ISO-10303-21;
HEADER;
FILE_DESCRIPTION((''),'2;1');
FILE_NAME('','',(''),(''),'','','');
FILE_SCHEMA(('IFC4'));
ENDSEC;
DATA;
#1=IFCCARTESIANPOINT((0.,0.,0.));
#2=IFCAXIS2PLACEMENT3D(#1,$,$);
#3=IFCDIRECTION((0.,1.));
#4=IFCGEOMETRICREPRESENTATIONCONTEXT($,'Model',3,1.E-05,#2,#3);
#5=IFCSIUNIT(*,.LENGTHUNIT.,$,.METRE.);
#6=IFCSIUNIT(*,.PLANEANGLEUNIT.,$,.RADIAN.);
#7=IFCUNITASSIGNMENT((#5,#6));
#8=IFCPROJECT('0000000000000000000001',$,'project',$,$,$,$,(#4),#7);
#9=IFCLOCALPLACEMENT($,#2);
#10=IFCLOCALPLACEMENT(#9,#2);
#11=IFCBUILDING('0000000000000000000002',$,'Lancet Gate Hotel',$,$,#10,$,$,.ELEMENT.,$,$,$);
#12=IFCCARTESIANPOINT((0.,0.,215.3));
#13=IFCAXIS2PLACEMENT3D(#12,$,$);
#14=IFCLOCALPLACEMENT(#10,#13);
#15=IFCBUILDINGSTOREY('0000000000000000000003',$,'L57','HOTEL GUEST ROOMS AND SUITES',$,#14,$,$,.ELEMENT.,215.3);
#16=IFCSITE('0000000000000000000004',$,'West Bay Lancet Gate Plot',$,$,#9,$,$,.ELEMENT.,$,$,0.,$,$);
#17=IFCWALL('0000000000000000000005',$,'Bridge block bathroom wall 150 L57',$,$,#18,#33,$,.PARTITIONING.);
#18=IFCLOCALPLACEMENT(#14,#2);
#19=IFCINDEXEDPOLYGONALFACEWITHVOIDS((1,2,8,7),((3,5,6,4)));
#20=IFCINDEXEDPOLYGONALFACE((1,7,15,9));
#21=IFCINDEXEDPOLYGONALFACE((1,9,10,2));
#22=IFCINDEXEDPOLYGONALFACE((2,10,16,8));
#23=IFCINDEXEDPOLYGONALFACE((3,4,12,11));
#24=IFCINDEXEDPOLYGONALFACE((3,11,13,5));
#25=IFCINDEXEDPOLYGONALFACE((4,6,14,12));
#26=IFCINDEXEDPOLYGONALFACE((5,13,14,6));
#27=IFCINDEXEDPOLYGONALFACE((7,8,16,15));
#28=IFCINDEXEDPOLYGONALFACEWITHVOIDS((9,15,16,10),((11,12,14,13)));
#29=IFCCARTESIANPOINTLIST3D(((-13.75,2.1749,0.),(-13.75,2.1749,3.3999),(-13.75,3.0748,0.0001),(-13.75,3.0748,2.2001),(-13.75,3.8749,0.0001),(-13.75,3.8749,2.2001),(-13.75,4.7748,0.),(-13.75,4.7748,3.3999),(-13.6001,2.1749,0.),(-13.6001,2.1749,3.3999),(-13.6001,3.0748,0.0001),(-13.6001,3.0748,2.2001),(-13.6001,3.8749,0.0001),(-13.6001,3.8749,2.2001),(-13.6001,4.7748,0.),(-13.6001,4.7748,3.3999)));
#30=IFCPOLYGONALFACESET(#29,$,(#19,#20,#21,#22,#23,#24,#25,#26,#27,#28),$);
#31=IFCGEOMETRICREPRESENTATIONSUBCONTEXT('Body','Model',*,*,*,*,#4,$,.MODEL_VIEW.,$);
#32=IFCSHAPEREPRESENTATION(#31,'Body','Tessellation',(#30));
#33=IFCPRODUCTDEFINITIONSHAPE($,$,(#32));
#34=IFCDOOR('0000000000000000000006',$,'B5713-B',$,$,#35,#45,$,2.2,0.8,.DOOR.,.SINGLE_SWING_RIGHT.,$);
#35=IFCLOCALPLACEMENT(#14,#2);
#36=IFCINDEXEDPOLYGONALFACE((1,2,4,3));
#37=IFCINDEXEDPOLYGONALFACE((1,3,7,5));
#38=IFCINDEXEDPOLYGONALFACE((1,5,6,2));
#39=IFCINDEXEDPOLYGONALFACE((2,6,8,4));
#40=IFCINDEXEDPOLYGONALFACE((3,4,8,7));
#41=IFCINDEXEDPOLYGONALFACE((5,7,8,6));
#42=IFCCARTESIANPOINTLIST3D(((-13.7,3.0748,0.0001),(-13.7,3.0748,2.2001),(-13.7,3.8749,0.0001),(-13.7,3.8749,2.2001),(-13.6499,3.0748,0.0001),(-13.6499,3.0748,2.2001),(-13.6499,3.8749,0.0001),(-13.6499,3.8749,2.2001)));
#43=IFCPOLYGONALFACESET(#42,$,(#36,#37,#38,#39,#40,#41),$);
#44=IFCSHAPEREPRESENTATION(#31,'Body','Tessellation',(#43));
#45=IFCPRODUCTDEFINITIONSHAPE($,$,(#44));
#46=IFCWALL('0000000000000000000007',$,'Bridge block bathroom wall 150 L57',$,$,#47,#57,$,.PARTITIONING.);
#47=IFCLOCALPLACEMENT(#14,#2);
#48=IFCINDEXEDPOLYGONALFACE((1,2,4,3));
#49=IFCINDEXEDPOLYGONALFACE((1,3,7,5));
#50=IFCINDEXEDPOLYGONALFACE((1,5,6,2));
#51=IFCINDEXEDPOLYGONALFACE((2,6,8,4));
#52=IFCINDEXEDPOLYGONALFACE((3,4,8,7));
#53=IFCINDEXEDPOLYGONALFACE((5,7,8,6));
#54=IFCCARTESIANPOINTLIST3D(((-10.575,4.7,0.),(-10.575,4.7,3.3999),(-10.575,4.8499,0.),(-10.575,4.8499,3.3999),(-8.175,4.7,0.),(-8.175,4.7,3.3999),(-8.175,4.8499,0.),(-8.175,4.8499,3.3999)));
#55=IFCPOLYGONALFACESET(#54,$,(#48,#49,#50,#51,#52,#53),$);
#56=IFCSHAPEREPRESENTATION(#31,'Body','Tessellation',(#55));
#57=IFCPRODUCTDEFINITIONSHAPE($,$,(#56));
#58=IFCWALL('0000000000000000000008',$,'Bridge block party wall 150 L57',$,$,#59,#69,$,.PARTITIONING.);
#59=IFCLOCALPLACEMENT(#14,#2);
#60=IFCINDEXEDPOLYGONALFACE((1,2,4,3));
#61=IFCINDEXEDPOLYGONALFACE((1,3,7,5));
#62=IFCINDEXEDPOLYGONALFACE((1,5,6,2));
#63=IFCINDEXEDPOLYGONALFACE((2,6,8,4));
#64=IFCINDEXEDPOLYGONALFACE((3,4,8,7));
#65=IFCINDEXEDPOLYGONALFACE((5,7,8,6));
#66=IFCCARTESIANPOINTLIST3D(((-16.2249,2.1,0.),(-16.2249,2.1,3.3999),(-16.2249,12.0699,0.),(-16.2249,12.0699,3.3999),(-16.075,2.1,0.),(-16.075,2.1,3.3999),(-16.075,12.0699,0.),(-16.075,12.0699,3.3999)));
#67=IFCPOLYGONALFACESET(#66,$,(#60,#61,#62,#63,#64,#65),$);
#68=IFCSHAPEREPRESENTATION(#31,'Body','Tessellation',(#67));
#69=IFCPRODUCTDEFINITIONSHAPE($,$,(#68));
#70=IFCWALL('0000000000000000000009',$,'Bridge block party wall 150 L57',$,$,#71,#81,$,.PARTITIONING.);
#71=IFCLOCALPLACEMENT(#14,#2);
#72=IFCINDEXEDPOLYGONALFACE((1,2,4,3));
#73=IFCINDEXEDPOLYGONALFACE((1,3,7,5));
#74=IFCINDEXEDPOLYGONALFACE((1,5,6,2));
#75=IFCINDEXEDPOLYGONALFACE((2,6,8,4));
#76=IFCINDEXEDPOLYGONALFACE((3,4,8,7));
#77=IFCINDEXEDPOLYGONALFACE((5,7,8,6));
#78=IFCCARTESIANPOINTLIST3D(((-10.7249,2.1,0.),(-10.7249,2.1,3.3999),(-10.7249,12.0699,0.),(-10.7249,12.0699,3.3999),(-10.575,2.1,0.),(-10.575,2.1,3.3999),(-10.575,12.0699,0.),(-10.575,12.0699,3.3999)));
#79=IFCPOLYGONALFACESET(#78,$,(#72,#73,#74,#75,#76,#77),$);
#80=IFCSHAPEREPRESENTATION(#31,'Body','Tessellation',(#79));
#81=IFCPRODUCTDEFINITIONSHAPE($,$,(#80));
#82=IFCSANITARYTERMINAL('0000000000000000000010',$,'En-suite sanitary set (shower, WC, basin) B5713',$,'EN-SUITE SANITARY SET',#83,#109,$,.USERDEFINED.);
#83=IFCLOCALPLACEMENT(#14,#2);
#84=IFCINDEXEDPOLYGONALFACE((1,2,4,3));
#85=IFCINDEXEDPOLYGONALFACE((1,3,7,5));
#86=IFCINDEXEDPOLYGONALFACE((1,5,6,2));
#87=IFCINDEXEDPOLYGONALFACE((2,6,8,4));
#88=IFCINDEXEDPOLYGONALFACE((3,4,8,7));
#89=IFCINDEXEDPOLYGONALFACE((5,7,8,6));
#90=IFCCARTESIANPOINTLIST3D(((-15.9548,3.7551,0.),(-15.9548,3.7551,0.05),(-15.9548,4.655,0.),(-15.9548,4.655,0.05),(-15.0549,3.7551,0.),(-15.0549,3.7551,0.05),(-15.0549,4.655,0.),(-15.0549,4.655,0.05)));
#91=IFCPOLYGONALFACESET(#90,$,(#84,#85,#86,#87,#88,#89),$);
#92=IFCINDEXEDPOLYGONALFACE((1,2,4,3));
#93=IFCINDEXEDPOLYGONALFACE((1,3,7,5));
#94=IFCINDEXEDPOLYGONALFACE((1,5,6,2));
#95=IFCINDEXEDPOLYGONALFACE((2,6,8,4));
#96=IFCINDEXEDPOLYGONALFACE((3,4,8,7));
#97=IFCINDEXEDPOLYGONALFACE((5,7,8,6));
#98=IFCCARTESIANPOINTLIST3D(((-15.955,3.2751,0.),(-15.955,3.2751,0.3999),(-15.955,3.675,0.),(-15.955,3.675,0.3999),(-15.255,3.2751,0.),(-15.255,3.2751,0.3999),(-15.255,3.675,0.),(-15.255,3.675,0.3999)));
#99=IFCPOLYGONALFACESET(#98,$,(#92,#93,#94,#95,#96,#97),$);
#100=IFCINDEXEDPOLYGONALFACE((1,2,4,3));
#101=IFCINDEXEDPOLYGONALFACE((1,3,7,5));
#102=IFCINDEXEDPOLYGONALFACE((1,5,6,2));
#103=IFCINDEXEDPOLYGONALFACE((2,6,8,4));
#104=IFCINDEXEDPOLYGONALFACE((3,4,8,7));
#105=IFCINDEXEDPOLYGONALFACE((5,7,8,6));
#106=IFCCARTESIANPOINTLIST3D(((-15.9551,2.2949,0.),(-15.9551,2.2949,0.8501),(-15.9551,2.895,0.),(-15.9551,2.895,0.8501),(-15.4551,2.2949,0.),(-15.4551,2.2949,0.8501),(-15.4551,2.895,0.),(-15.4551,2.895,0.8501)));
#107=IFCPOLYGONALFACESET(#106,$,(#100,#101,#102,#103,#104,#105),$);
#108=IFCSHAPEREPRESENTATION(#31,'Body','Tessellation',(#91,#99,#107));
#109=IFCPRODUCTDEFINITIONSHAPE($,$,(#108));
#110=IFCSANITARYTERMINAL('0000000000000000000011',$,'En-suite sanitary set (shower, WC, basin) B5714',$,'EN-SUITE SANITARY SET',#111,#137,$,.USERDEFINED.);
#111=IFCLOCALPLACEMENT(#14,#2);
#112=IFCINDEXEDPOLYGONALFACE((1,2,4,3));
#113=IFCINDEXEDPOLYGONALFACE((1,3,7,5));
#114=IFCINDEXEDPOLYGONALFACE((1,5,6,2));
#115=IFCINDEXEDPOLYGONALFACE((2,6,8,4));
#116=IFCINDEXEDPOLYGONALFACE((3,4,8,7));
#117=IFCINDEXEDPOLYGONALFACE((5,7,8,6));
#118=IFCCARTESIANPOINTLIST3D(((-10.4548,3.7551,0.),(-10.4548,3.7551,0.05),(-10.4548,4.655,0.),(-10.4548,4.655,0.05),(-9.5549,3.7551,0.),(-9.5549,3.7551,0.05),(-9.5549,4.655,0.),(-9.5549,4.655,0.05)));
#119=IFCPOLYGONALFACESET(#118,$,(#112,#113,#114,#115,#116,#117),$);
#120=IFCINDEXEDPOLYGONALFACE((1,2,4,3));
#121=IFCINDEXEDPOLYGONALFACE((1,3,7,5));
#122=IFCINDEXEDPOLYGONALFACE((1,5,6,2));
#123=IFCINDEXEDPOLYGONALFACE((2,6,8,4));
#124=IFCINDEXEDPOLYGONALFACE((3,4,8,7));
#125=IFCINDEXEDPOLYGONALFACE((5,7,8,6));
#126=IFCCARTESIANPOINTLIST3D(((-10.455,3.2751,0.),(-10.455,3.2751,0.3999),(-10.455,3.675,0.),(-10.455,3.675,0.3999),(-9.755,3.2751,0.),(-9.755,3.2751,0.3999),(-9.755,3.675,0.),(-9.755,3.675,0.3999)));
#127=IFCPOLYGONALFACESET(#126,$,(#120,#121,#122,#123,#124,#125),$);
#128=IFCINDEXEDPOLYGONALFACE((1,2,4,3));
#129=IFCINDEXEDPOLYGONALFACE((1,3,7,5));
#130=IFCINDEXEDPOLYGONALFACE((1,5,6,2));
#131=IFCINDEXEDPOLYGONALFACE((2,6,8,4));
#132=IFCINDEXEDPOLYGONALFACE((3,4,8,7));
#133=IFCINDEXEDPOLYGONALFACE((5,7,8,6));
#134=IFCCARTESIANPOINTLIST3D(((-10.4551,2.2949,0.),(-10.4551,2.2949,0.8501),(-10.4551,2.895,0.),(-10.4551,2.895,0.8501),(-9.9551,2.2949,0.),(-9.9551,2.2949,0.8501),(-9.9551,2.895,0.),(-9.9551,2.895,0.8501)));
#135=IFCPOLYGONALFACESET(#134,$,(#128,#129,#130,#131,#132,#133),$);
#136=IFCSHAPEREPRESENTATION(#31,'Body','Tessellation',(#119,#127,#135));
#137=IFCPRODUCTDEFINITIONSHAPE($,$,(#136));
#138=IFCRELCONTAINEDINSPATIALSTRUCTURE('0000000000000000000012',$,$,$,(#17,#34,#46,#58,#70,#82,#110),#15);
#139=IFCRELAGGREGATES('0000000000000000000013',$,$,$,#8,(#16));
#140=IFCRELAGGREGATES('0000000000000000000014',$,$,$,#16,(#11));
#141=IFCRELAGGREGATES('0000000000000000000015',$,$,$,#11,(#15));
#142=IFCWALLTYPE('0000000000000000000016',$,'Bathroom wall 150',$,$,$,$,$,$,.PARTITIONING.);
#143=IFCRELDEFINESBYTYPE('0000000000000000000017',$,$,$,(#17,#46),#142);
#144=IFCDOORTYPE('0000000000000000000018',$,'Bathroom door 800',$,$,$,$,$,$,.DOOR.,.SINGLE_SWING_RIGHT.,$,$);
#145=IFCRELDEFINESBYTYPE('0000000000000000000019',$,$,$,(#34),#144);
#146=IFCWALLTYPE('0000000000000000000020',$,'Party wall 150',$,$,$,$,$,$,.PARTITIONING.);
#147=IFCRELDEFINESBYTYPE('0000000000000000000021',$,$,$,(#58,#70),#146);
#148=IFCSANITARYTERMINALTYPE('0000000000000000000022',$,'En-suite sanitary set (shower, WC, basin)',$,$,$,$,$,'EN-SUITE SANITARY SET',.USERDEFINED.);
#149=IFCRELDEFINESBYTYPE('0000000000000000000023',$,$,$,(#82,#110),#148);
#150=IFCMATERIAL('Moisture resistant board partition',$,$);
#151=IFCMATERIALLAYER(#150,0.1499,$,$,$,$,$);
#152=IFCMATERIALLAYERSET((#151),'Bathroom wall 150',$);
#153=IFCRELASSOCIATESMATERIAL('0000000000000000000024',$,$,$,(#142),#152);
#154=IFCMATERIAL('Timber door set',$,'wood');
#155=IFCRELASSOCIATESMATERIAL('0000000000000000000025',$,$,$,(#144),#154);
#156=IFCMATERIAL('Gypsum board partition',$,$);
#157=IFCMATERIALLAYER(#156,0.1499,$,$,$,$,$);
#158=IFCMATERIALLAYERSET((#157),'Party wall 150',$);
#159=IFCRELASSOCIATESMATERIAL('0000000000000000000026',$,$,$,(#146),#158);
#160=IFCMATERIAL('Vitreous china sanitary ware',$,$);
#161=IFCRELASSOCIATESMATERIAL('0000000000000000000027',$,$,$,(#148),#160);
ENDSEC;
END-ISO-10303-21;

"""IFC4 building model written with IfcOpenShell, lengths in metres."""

from ifc_helpers import new_model, si_unit, direction, frame, frame_2d, origin, origin_2d, place, context, subcontext, project, spatial, rectangle, extrude, material, layer, layer_set, type_object, element, fill, save


model = new_model("IFC4")

# Units and contexts
model_context = context("Model", 3, precision=1e-05, world=origin(), true_north=direction((0.0, 1.0)))
body_context = subcontext(model_context, "Body", "Model", "MODEL_VIEW")
ifc_project = project(units=[si_unit("LENGTHUNIT", "METRE"), si_unit("PLANEANGLEUNIT", "RADIAN")], contexts=[model_context])

# Site, building, storey
site_placement = place(None, origin())
site = spatial("IfcSite", under=ifc_project, at=site_placement, Name="West Bay Lancet Gate Plot", CompositionType="ELEMENT", RefElevation=0.0)
building_placement = place(site_placement, origin())
building = spatial("IfcBuilding", under=site, at=building_placement, Name="Lancet Gate Hotel", CompositionType="ELEMENT")
storey_placement = place(building_placement, frame((0.0, 0.0, 215.3)))
storey = spatial("IfcBuildingStorey", under=building, at=storey_placement, Name="L57", Description="HOTEL GUEST ROOMS AND SUITES", CompositionType="ELEMENT", Elevation=215.3)

# Shared definitions
ifc_material_1 = material(Name="Moisture resistant board partition")
ifc_layer_1 = layer(ifc_material_1, 0.1499)
ifc_layer_set_1 = layer_set([ifc_layer_1], Name="Bathroom wall 150")
wall_type_1 = type_object("IfcWallType", Name="Bathroom wall 150", PredefinedType="PARTITIONING", material=ifc_layer_set_1)

# Wall, opening, door
wall_1_placement = place(storey_placement, frame((-13.675, 2.175, 0.0), z_axis=(0.0, 0.0, 1.0), x_axis=(0.0, 1.0, 0.0)))
wall_1 = element("IfcWall", 1, at=wall_1_placement, inside=storey, type_object=wall_type_1, Name="Bridge block bathroom wall 150 L57", PredefinedType="PARTITIONING", context=body_context, shape_type="SweptSolid", body=[
    extrude(rectangle(XDim=2.5999, YDim=0.1499, at=frame_2d((1.2998, 0.0))), origin(), (0.0, 0.0, 1.0), 3.3999),
])
opening_placement = place(wall_1_placement, frame((0.8999, 0.0, 0.0)))
opening = element("IfcOpeningElement", 2, at=opening_placement, cuts=wall_1, PredefinedType="OPENING", context=body_context, shape_type="SweptSolid", body=[
    extrude(rectangle(XDim=0.8, YDim=2.2, at=frame_2d((0.3999, 1.1001))), frame((0.0, 0.085, 0.0), z_axis=(0.0, -1.0, 0.0), x_axis=(1.0, 0.0, 0.0)), (0.0, 0.0, 1.0), 0.1699),
])
ifc_material_2 = material(Name="Timber door set", Category="wood")
door_type = type_object("IfcDoorType", Name="Bathroom door 800", OperationType="SINGLE_SWING_RIGHT", PredefinedType="DOOR", material=ifc_material_2)
door_placement = place(opening_placement, origin())
door = element("IfcDoor", 3, at=door_placement, inside=storey, type_object=door_type, Name="B5713-B", OperationType="SINGLE_SWING_RIGHT", OverallHeight=2.2, OverallWidth=0.8, PredefinedType="DOOR", context=body_context, shape_type="SweptSolid", body=[
    extrude(rectangle(XDim=0.8, YDim=2.2, at=frame_2d((0.3999, 1.1001))), frame((0.0, 0.0249, 0.0), z_axis=(0.0, -1.0, 0.0), x_axis=(1.0, 0.0, 0.0)), (0.0, 0.0, 1.0), 0.05),
])
fill(opening, door)

# Walls
wall_2_placement = place(storey_placement, frame((-10.575, 4.7749, 0.0), z_axis=(0.0, 0.0, 1.0), x_axis=(1.0, 0.0, 0.0)))
element("IfcWall", 4, at=wall_2_placement, inside=storey, type_object=wall_type_1, Name="Bridge block bathroom wall 150 L57", PredefinedType="PARTITIONING", context=body_context, shape_type="SweptSolid", body=[
    extrude(rectangle(XDim=2.3999, YDim=0.1499, at=frame_2d((1.2, 0.0))), origin(), (0.0, 0.0, 1.0), 3.3999),
])
ifc_material_3 = material(Name="Gypsum board partition")
ifc_layer_2 = layer(ifc_material_3, 0.1499)
ifc_layer_set_2 = layer_set([ifc_layer_2], Name="Party wall 150")
wall_type_2 = type_object("IfcWallType", Name="Party wall 150", PredefinedType="PARTITIONING", material=ifc_layer_set_2)
for number, where, z_axis, x_axis, name in (
    (5, (-16.1499, 2.1001, 0.0), (0.0, 0.0, 1.0), (0.0, 1.0, 0.0), "Bridge block party wall 150 L57"),
    (6, (-10.6499, 2.1001, 0.0), (0.0, 0.0, 1.0), (0.0, 1.0, 0.0), "Bridge block party wall 150 L57"),
):
    element("IfcWall", number, at=place(storey_placement, frame(where, z_axis=z_axis, x_axis=x_axis)), inside=storey, type_object=wall_type_2, Name=name, PredefinedType="PARTITIONING", context=body_context, shape_type="SweptSolid", body=[
        extrude(rectangle(XDim=9.97, YDim=0.1499, at=frame_2d((4.9849, 0.0))), origin(), (0.0, 0.0, 1.0), 3.3999),
    ])

# Sanitary terminals
ifc_material_4 = material(Name="Vitreous china sanitary ware")
sanitary_terminal_type = type_object("IfcSanitaryTerminalType", Name="En-suite sanitary set (shower, WC, basin)", ElementType="EN-SUITE SANITARY SET", PredefinedType="USERDEFINED", material=ifc_material_4)
for number, where, z_axis, x_axis, name in (
    (7, (-15.5049, 4.2051, 0.0), (0.0, 0.0, 1.0), (1.0, 0.0, 0.0), "En-suite sanitary set (shower, WC, basin) B5713"),
    (8, (-10.0049, 4.2051, 0.0), (0.0, 0.0, 1.0), (1.0, 0.0, 0.0), "En-suite sanitary set (shower, WC, basin) B5714"),
):
    element("IfcSanitaryTerminal", number, at=place(storey_placement, frame(where, z_axis=z_axis, x_axis=x_axis)), inside=storey, type_object=sanitary_terminal_type, Name=name, ObjectType="EN-SUITE SANITARY SET", PredefinedType="USERDEFINED", context=body_context, shape_type="SweptSolid", body=[
        extrude(rectangle(XDim=0.8999, YDim=0.8999, at=origin_2d()), frame((0.0, 0.0, 0.0), z_axis=(0.0, 0.0, 1.0), x_axis=(0.0, 1.0, 0.0)), (0.0, 0.0, 1.0), 0.05),
        extrude(rectangle(XDim=0.3999, YDim=0.7, at=origin_2d()), frame((-0.1001, -0.73, 0.0), z_axis=(0.0, 0.0, 1.0), x_axis=(0.0, 1.0, 0.0)), (0.0, 0.0, 1.0), 0.3999),
        extrude(rectangle(XDim=0.6001, YDim=0.5, at=origin_2d()), frame((-0.2002, -1.6101, 0.0), z_axis=(0.0, 0.0, 1.0), x_axis=(0.0, 1.0, 0.0)), (0.0, 0.0, 1.0), 0.8501),
    ])

save(model, "model.ifc")
